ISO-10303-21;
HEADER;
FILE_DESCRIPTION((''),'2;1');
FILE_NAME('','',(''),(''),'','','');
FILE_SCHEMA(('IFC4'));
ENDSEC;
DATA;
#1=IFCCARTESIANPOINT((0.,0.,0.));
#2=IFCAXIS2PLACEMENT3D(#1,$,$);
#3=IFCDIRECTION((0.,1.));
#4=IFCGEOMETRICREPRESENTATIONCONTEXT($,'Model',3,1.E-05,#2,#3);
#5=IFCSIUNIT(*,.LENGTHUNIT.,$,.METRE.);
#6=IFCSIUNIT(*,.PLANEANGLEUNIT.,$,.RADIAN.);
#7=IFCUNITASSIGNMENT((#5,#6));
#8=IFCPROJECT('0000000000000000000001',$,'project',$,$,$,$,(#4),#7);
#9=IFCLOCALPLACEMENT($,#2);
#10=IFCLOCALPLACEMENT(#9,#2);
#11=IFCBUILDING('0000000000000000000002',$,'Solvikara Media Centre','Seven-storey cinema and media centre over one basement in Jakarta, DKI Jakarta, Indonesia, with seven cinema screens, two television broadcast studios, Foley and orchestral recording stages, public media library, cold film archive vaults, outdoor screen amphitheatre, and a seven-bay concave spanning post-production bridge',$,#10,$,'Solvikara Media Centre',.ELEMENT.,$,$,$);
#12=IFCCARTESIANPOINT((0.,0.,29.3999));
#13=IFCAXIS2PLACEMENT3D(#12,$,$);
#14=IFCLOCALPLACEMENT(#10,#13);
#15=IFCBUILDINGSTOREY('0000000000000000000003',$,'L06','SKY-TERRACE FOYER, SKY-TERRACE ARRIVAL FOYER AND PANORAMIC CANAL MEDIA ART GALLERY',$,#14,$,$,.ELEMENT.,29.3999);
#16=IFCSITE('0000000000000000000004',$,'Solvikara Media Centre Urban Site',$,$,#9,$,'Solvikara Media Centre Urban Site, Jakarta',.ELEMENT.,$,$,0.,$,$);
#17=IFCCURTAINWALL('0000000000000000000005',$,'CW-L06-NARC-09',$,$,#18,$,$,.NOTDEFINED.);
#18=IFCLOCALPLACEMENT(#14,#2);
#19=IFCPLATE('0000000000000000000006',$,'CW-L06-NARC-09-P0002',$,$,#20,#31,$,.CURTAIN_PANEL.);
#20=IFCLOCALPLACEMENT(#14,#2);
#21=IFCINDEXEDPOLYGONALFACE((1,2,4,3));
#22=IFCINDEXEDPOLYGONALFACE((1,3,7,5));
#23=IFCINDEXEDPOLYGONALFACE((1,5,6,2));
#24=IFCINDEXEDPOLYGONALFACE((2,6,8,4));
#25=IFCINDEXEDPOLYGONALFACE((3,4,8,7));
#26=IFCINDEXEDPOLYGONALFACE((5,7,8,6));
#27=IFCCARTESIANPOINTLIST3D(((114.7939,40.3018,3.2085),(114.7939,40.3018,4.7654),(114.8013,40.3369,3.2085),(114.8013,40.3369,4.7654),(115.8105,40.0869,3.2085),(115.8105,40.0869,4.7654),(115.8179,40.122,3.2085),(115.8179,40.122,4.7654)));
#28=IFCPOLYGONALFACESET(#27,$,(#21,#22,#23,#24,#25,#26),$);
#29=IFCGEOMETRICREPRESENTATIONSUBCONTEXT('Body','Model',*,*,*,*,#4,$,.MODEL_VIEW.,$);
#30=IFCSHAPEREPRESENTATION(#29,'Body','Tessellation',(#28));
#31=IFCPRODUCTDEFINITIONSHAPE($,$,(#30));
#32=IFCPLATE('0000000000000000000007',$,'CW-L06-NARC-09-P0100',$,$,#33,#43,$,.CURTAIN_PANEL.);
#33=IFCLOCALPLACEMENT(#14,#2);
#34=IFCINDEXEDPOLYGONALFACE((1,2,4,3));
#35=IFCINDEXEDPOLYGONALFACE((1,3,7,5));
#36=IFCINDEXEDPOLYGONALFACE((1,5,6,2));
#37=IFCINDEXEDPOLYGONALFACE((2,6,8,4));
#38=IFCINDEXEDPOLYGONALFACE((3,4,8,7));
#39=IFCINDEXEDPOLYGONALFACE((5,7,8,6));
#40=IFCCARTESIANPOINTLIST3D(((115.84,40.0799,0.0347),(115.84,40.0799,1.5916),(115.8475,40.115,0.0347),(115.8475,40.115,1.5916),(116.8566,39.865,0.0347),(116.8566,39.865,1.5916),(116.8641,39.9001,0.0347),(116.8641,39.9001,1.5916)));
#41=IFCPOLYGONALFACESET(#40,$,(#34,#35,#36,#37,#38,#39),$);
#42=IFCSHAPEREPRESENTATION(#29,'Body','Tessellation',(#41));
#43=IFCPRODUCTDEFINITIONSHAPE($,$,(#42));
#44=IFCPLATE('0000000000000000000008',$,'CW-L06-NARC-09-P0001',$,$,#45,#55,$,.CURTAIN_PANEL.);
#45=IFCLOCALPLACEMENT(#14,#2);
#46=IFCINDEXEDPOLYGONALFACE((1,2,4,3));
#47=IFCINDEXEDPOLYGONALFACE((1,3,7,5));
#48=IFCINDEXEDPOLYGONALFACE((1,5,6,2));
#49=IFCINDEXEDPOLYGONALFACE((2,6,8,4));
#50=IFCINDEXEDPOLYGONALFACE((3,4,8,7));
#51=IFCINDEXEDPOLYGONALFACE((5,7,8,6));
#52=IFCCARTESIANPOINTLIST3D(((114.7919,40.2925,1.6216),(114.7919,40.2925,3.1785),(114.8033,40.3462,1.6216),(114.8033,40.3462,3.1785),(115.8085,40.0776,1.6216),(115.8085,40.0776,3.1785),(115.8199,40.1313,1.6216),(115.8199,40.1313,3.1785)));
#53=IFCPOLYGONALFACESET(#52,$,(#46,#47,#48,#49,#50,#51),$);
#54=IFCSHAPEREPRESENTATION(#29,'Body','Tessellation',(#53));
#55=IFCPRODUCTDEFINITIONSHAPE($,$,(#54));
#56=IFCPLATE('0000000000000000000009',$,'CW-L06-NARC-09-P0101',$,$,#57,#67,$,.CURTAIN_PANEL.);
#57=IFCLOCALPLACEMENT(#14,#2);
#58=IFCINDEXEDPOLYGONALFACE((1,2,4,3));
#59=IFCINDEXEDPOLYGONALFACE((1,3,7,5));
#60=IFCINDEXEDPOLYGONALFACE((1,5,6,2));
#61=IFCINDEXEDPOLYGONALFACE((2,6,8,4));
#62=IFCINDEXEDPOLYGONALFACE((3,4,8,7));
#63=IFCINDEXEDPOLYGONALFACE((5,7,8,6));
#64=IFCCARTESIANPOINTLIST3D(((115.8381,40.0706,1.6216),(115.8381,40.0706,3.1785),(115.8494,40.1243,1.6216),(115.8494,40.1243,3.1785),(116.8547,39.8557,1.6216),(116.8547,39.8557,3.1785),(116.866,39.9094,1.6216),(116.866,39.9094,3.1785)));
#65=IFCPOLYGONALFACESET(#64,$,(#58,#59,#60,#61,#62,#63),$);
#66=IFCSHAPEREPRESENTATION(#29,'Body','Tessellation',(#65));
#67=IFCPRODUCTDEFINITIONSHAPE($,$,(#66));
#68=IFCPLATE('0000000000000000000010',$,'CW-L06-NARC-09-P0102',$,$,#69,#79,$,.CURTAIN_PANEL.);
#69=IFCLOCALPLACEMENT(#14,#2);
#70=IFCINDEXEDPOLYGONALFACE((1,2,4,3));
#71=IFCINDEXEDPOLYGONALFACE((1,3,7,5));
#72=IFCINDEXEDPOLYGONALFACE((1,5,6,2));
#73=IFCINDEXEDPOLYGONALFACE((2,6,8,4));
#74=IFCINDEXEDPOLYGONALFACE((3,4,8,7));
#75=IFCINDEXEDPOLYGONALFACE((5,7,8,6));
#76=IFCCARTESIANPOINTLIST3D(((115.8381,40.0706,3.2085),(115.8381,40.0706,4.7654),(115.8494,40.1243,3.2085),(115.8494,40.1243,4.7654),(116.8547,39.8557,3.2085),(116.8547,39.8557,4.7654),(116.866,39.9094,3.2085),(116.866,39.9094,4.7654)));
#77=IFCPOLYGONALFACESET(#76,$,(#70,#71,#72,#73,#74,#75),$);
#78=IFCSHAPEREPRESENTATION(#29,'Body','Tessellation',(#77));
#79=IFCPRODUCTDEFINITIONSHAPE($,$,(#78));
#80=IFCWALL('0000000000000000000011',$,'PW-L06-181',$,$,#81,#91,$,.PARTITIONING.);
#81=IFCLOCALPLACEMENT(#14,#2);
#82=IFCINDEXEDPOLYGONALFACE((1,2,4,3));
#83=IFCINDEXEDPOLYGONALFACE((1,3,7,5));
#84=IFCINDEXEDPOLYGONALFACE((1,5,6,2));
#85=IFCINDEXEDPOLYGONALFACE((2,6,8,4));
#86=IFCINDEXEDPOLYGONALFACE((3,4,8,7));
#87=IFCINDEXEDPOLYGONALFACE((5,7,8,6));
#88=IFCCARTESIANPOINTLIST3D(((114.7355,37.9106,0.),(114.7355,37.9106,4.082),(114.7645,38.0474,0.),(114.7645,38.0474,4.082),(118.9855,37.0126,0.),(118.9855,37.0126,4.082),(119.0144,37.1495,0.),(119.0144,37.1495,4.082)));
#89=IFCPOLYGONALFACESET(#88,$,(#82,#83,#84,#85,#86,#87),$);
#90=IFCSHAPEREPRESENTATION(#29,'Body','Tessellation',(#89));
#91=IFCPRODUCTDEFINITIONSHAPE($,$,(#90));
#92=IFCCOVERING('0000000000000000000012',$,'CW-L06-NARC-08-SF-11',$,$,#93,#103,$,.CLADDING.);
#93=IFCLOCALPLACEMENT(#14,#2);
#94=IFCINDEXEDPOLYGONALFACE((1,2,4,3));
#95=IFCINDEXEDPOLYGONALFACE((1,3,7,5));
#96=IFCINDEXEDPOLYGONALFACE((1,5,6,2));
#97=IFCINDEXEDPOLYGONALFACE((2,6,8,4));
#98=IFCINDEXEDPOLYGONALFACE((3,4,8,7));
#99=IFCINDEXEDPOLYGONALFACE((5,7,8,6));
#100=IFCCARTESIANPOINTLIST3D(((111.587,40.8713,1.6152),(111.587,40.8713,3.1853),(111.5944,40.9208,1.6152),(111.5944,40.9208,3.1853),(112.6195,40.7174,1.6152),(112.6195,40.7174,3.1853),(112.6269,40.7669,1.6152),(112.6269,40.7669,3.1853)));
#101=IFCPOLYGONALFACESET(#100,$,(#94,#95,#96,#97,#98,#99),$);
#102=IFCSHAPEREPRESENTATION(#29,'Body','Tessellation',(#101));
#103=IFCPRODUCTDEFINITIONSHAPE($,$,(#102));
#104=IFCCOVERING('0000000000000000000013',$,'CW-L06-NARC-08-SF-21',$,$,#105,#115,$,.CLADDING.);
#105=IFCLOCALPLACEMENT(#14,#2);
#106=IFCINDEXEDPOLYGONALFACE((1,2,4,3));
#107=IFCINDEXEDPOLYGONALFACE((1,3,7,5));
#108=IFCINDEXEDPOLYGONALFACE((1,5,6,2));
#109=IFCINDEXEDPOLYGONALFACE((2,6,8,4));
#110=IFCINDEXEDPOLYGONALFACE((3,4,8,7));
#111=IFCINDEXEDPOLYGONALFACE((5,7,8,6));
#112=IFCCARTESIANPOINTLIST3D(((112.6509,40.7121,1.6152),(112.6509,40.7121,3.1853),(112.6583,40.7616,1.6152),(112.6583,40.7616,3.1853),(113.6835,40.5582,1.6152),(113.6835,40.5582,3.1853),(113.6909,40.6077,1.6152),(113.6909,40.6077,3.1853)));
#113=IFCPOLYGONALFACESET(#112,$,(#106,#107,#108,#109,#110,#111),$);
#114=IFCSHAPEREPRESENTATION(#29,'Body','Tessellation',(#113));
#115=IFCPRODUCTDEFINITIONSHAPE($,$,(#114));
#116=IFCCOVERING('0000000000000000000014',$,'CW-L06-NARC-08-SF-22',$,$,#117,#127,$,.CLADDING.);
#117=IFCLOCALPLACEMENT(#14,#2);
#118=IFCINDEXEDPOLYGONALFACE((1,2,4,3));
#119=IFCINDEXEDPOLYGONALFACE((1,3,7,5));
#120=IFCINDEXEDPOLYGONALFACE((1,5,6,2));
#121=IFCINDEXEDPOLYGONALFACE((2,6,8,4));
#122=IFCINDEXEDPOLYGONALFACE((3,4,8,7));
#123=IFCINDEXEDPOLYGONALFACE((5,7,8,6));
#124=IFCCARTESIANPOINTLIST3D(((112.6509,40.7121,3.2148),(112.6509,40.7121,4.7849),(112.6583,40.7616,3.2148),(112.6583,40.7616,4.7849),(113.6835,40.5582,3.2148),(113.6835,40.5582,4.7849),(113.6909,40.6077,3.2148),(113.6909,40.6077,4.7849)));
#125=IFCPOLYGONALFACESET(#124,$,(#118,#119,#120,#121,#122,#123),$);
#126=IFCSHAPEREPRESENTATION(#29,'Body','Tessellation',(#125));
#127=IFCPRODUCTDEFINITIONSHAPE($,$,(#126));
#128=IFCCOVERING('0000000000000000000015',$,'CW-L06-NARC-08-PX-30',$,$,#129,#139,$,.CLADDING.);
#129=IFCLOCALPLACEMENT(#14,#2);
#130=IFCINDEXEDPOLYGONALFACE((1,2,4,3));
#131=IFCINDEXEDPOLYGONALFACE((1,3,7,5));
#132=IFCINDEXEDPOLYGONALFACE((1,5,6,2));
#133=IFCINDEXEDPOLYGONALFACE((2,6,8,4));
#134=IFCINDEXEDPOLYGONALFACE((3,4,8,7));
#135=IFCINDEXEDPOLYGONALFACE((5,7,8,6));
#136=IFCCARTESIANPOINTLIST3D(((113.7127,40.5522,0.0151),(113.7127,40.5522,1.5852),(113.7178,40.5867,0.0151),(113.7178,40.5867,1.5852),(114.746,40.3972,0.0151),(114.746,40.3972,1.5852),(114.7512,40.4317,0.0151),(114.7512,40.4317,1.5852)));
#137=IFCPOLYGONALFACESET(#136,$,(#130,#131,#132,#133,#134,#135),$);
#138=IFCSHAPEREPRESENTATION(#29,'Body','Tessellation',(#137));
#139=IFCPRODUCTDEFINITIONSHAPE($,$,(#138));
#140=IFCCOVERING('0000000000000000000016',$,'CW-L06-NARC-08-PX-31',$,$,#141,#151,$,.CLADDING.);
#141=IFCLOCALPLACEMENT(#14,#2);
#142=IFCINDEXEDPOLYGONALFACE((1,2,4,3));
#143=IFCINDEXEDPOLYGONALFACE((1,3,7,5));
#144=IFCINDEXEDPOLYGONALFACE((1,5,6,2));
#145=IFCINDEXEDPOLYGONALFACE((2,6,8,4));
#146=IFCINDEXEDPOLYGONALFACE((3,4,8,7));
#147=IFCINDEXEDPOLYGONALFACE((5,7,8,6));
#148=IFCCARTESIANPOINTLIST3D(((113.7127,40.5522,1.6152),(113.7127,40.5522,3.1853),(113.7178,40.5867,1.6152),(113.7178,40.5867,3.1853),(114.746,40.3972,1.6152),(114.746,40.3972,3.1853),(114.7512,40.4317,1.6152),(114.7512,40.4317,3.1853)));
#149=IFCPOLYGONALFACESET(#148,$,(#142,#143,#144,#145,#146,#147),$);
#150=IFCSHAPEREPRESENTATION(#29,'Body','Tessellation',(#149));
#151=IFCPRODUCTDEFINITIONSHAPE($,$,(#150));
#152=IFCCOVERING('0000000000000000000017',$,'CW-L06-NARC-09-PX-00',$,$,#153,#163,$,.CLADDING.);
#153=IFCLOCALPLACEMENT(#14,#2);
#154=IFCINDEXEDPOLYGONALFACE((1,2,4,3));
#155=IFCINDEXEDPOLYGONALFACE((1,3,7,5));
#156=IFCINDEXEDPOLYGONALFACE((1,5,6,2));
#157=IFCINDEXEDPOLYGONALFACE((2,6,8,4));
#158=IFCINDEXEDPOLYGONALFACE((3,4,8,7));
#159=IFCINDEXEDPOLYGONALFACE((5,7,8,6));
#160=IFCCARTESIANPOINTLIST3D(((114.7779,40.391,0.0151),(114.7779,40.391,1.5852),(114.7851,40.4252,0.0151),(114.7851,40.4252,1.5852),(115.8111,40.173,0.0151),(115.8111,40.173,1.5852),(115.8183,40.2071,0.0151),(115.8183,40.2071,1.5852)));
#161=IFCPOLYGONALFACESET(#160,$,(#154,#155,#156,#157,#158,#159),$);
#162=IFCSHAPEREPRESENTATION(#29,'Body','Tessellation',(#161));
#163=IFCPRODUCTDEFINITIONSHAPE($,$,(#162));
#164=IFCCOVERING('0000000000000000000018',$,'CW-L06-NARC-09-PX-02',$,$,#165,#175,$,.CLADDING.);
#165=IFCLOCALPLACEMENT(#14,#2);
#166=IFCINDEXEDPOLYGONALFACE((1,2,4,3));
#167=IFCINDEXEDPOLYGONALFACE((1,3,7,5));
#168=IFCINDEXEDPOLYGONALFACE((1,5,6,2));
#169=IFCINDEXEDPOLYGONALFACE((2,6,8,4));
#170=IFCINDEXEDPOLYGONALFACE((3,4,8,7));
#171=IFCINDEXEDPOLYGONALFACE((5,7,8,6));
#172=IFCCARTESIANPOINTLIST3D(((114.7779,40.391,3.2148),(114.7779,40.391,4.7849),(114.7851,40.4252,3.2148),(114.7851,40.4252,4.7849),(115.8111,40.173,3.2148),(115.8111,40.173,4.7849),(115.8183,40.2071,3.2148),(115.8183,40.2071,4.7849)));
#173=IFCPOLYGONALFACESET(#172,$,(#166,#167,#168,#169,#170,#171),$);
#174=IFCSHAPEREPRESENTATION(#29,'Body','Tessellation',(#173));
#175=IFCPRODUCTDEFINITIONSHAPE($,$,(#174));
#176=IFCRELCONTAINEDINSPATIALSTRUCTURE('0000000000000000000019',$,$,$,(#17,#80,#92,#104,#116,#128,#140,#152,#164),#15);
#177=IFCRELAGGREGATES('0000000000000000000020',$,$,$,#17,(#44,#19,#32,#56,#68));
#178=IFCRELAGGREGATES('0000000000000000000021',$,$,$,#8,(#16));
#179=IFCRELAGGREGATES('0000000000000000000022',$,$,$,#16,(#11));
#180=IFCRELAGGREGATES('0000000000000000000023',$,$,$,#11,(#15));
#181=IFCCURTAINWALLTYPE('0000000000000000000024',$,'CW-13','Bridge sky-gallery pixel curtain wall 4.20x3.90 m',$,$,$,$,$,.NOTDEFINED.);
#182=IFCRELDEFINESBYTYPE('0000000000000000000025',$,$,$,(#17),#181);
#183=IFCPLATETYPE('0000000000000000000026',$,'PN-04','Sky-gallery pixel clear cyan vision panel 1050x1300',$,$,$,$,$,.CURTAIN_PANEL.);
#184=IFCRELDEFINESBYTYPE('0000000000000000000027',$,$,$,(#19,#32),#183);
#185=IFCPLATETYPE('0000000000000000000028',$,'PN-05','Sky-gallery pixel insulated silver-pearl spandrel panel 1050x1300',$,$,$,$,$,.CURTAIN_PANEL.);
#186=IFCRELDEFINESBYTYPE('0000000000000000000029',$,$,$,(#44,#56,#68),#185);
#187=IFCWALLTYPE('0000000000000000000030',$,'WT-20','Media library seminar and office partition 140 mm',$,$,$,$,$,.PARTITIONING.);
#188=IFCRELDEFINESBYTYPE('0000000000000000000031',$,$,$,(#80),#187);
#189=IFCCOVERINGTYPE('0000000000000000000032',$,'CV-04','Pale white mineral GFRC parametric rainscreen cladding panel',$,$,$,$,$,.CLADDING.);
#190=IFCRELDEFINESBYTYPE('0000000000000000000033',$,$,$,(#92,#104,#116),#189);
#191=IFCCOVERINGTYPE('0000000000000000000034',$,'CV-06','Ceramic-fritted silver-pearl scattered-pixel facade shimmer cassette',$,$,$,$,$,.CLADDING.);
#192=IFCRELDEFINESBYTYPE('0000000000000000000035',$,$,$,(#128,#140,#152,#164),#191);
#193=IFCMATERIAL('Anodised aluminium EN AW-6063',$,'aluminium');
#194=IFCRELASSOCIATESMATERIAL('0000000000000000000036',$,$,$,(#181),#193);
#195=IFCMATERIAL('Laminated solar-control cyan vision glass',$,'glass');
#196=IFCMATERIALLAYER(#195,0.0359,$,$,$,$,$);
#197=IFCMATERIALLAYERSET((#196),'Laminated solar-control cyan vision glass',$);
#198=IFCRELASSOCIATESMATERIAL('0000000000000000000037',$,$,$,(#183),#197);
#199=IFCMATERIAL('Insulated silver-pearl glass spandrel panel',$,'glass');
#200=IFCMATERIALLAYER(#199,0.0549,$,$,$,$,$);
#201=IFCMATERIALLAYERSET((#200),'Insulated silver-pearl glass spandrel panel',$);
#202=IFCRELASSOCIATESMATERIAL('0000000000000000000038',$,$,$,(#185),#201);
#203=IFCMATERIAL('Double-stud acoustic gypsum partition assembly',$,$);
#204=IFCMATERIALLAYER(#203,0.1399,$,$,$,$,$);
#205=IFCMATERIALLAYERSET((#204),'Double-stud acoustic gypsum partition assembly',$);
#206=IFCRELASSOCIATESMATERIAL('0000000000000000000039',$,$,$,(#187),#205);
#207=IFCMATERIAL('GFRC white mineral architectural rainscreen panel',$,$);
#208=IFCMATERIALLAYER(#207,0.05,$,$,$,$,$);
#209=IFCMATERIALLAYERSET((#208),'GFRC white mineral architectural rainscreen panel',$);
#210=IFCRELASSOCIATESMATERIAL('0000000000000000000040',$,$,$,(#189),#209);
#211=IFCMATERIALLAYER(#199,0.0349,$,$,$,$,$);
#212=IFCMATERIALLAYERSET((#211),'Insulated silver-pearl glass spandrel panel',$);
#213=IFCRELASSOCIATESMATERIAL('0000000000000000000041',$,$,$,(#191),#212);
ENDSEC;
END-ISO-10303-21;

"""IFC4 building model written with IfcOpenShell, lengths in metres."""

from ifc_helpers import new_model, si_unit, direction, frame, frame_2d, origin, origin_2d, place, context, subcontext, project, spatial, rectangle, extrude, material, layer, layer_set, type_object, element, aggregate, save


model = new_model("IFC4")

# Units and contexts
model_context = context("Model", 3, precision=1e-05, world=origin(), true_north=direction((0.0, 1.0)))
body_context = subcontext(model_context, "Body", "Model", "MODEL_VIEW")
ifc_project = project(units=[si_unit("LENGTHUNIT", "METRE"), si_unit("PLANEANGLEUNIT", "RADIAN")], contexts=[model_context])

# Site, building, storey
site_placement = place(None, origin())
site = spatial("IfcSite", under=ifc_project, at=site_placement, Name="Solvikara Media Centre Urban Site", LongName="Solvikara Media Centre Urban Site, Jakarta", CompositionType="ELEMENT", RefElevation=0.0)
building_placement = place(site_placement, origin())
building = spatial("IfcBuilding", under=site, at=building_placement, Name="Solvikara Media Centre", Description="Seven-storey cinema and media centre over one basement in Jakarta, DKI Jakarta, Indonesia, with seven cinema screens, two television broadcast studios, Foley and orchestral recording stages, public media library, cold film archive vaults, outdoor screen amphitheatre, and a seven-bay concave spanning post-production bridge", LongName="Solvikara Media Centre", CompositionType="ELEMENT")
storey_placement = place(building_placement, frame((0.0, 0.0, 29.3999)))
storey = spatial("IfcBuildingStorey", under=building, at=storey_placement, Name="L06", Description="SKY-TERRACE FOYER, SKY-TERRACE ARRIVAL FOYER AND PANORAMIC CANAL MEDIA ART GALLERY", CompositionType="ELEMENT", Elevation=29.3999)

# Curtain wall
ifc_material_1 = material(Name="Anodised aluminium EN AW-6063", Category="aluminium")
curtain_wall_type = type_object("IfcCurtainWallType", Name="CW-13", Description="Bridge sky-gallery pixel curtain wall 4.20x3.90 m", PredefinedType="NOTDEFINED", material=ifc_material_1)
curtain_wall_1_placement = place(storey_placement, origin())
curtain_wall_1 = element("IfcCurtainWall", 1, at=curtain_wall_1_placement, inside=storey, type_object=curtain_wall_type, Name="CW-L06-NARC-09", PredefinedType="NOTDEFINED")

# Plates
ifc_material_2 = material(Name="Laminated solar-control cyan vision glass", Category="glass")
ifc_layer_1 = layer(ifc_material_2, 0.0359)
ifc_layer_set_1 = layer_set([ifc_layer_1], Name="Laminated solar-control cyan vision glass")
plate_type_1 = type_object("IfcPlateType", Name="PN-04", Description="Sky-gallery pixel clear cyan vision panel 1050x1300", PredefinedType="CURTAIN_PANEL", material=ifc_layer_set_1)
plate_1_placement = place(storey_placement, frame((115.3059, 40.2119, 3.2085), z_axis=(0.0, 0.0, 1.0), x_axis=(0.978379, -0.206819, 0.0)))
plate_1 = element("IfcPlate", 2, at=plate_1_placement, type_object=plate_type_1, Name="CW-L06-NARC-09-P0002", PredefinedType="CURTAIN_PANEL", context=body_context, shape_type="SweptSolid", body=[
    extrude(rectangle(XDim=1.0391, YDim=0.0359, at=origin_2d()), origin(), (0.0, 0.0, 1.0), 1.5569),
])
plate_2_placement = place(storey_placement, frame((116.3521, 39.99, 0.0347), z_axis=(0.0, 0.0, 1.0), x_axis=(0.978379, -0.206819, 0.0)))
plate_2 = element("IfcPlate", 3, at=plate_2_placement, type_object=plate_type_1, Name="CW-L06-NARC-09-P0100", PredefinedType="CURTAIN_PANEL", context=body_context, shape_type="SweptSolid", body=[
    extrude(rectangle(XDim=1.0391, YDim=0.0359, at=origin_2d()), origin(), (0.0, 0.0, 1.0), 1.5569),
])
ifc_material_3 = material(Name="Insulated silver-pearl glass spandrel panel", Category="glass")
ifc_layer_2 = layer(ifc_material_3, 0.0549)
ifc_layer_set_2 = layer_set([ifc_layer_2], Name="Insulated silver-pearl glass spandrel panel")
plate_type_2 = type_object("IfcPlateType", Name="PN-05", Description="Sky-gallery pixel insulated silver-pearl spandrel panel 1050x1300", PredefinedType="CURTAIN_PANEL", material=ifc_layer_set_2)
plate_3_placement = place(storey_placement, frame((115.3059, 40.2119, 1.6216), z_axis=(0.0, 0.0, 1.0), x_axis=(0.978379, -0.206819, 0.0)))
plate_3 = element("IfcPlate", 4, at=plate_3_placement, type_object=plate_type_2, Name="CW-L06-NARC-09-P0001", PredefinedType="CURTAIN_PANEL", context=body_context, shape_type="SweptSolid", body=[
    extrude(rectangle(XDim=1.0391, YDim=0.0549, at=origin_2d()), origin(), (0.0, 0.0, 1.0), 1.5569),
])
plate_4_placement = place(storey_placement, frame((116.3521, 39.99, 1.6216), z_axis=(0.0, 0.0, 1.0), x_axis=(0.978379, -0.206819, 0.0)))
plate_4 = element("IfcPlate", 5, at=plate_4_placement, type_object=plate_type_2, Name="CW-L06-NARC-09-P0101", PredefinedType="CURTAIN_PANEL", context=body_context, shape_type="SweptSolid", body=[
    extrude(rectangle(XDim=1.0391, YDim=0.0549, at=origin_2d()), origin(), (0.0, 0.0, 1.0), 1.5569),
])
plate_5_placement = place(storey_placement, frame((116.3521, 39.99, 3.2085), z_axis=(0.0, 0.0, 1.0), x_axis=(0.978379, -0.206819, 0.0)))
plate_5 = element("IfcPlate", 6, at=plate_5_placement, type_object=plate_type_2, Name="CW-L06-NARC-09-P0102", PredefinedType="CURTAIN_PANEL", context=body_context, shape_type="SweptSolid", body=[
    extrude(rectangle(XDim=1.0391, YDim=0.0549, at=origin_2d()), origin(), (0.0, 0.0, 1.0), 1.5569),
])
aggregate(curtain_wall_1, [plate_3, plate_1, plate_2, plate_4, plate_5])

# Wall
ifc_material_4 = material(Name="Double-stud acoustic gypsum partition assembly")
ifc_layer_3 = layer(ifc_material_4, 0.1399)
ifc_layer_set_3 = layer_set([ifc_layer_3], Name="Double-stud acoustic gypsum partition assembly")
wall_type = type_object("IfcWallType", Name="WT-20", Description="Media library seminar and office partition 140 mm", PredefinedType="PARTITIONING", material=ifc_layer_set_3)
wall_placement = place(storey_placement, frame((114.75, 37.979, 0.0), z_axis=(0.0, 0.0, 1.0), x_axis=(0.9784, -0.206719, 0.0)))
element("IfcWall", 7, at=wall_placement, inside=storey, type_object=wall_type, Name="PW-L06-181", PredefinedType="PARTITIONING", context=body_context, shape_type="SweptSolid", body=[
    extrude(rectangle(XDim=4.3438, YDim=0.1399, at=frame_2d((2.1719, 0.0))), origin(), (0.0, 0.0, 1.0), 4.082),
])

# Coverings
ifc_material_5 = material(Name="GFRC white mineral architectural rainscreen panel")
ifc_layer_4 = layer(ifc_material_5, 0.05)
ifc_layer_set_4 = layer_set([ifc_layer_4], Name="GFRC white mineral architectural rainscreen panel")
covering_type_1 = type_object("IfcCoveringType", Name="CV-04", Description="Pale white mineral GFRC parametric rainscreen cladding panel", PredefinedType="CLADDING", material=ifc_layer_set_4)
for number, where, z_axis, x_axis, name in (
    (8, (112.1069, 40.8191, 1.6152), (0.0, 0.0, 1.0), (0.98907, -0.147447, 0.0), "CW-L06-NARC-08-SF-11"),
    (9, (113.1709, 40.6599, 1.6152), (0.0, 0.0, 1.0), (0.98907, -0.147447, 0.0), "CW-L06-NARC-08-SF-21"),
    (10, (113.1709, 40.6599, 3.2148), (0.0, 0.0, 1.0), (0.98907, -0.147447, 0.0), "CW-L06-NARC-08-SF-22"),
):
    element("IfcCovering", number, at=place(storey_placement, frame(where, z_axis=z_axis, x_axis=x_axis)), inside=storey, type_object=covering_type_1, Name=name, PredefinedType="CLADDING", context=body_context, shape_type="SweptSolid", body=[
        extrude(rectangle(XDim=1.0439, YDim=0.05, at=origin_2d()), origin(), (0.0, 0.0, 1.0), 1.5701),
    ])
ifc_layer_5 = layer(ifc_material_3, 0.0349)
ifc_layer_set_5 = layer_set([ifc_layer_5], Name="Insulated silver-pearl glass spandrel panel")
covering_type_2 = type_object("IfcCoveringType", Name="CV-06", Description="Ceramic-fritted silver-pearl scattered-pixel facade shimmer cassette", PredefinedType="CLADDING", material=ifc_layer_set_5)
for number, where, z_axis, x_axis, name in (
    (11, (114.2319, 40.4919, 0.0151), (0.0, 0.0, 1.0), (0.988931, -0.148379, 0.0), "CW-L06-NARC-08-PX-30"),
    (12, (114.2319, 40.4919, 1.6152), (0.0, 0.0, 1.0), (0.988931, -0.148379, 0.0), "CW-L06-NARC-08-PX-31"),
):
    element("IfcCovering", number, at=place(storey_placement, frame(where, z_axis=z_axis, x_axis=x_axis)), inside=storey, type_object=covering_type_2, Name=name, PredefinedType="CLADDING", context=body_context, shape_type="SweptSolid", body=[
        extrude(rectangle(XDim=1.0449, YDim=0.0349, at=origin_2d()), origin(), (0.0, 0.0, 1.0), 1.5701),
    ])
for number, where, z_axis, x_axis, name in (
    (13, (115.2981, 40.2991, 0.0151), (0.0, 0.0, 1.0), (0.978448, -0.206495, 0.0), "CW-L06-NARC-09-PX-00"),
    (14, (115.2981, 40.2991, 3.2148), (0.0, 0.0, 1.0), (0.978448, -0.206495, 0.0), "CW-L06-NARC-09-PX-02"),
):
    element("IfcCovering", number, at=place(storey_placement, frame(where, z_axis=z_axis, x_axis=x_axis)), inside=storey, type_object=covering_type_2, Name=name, PredefinedType="CLADDING", context=body_context, shape_type="SweptSolid", body=[
        extrude(rectangle(XDim=1.0559, YDim=0.0349, at=origin_2d()), origin(), (0.0, 0.0, 1.0), 1.5701),
    ])

save(model, "model.ifc")
